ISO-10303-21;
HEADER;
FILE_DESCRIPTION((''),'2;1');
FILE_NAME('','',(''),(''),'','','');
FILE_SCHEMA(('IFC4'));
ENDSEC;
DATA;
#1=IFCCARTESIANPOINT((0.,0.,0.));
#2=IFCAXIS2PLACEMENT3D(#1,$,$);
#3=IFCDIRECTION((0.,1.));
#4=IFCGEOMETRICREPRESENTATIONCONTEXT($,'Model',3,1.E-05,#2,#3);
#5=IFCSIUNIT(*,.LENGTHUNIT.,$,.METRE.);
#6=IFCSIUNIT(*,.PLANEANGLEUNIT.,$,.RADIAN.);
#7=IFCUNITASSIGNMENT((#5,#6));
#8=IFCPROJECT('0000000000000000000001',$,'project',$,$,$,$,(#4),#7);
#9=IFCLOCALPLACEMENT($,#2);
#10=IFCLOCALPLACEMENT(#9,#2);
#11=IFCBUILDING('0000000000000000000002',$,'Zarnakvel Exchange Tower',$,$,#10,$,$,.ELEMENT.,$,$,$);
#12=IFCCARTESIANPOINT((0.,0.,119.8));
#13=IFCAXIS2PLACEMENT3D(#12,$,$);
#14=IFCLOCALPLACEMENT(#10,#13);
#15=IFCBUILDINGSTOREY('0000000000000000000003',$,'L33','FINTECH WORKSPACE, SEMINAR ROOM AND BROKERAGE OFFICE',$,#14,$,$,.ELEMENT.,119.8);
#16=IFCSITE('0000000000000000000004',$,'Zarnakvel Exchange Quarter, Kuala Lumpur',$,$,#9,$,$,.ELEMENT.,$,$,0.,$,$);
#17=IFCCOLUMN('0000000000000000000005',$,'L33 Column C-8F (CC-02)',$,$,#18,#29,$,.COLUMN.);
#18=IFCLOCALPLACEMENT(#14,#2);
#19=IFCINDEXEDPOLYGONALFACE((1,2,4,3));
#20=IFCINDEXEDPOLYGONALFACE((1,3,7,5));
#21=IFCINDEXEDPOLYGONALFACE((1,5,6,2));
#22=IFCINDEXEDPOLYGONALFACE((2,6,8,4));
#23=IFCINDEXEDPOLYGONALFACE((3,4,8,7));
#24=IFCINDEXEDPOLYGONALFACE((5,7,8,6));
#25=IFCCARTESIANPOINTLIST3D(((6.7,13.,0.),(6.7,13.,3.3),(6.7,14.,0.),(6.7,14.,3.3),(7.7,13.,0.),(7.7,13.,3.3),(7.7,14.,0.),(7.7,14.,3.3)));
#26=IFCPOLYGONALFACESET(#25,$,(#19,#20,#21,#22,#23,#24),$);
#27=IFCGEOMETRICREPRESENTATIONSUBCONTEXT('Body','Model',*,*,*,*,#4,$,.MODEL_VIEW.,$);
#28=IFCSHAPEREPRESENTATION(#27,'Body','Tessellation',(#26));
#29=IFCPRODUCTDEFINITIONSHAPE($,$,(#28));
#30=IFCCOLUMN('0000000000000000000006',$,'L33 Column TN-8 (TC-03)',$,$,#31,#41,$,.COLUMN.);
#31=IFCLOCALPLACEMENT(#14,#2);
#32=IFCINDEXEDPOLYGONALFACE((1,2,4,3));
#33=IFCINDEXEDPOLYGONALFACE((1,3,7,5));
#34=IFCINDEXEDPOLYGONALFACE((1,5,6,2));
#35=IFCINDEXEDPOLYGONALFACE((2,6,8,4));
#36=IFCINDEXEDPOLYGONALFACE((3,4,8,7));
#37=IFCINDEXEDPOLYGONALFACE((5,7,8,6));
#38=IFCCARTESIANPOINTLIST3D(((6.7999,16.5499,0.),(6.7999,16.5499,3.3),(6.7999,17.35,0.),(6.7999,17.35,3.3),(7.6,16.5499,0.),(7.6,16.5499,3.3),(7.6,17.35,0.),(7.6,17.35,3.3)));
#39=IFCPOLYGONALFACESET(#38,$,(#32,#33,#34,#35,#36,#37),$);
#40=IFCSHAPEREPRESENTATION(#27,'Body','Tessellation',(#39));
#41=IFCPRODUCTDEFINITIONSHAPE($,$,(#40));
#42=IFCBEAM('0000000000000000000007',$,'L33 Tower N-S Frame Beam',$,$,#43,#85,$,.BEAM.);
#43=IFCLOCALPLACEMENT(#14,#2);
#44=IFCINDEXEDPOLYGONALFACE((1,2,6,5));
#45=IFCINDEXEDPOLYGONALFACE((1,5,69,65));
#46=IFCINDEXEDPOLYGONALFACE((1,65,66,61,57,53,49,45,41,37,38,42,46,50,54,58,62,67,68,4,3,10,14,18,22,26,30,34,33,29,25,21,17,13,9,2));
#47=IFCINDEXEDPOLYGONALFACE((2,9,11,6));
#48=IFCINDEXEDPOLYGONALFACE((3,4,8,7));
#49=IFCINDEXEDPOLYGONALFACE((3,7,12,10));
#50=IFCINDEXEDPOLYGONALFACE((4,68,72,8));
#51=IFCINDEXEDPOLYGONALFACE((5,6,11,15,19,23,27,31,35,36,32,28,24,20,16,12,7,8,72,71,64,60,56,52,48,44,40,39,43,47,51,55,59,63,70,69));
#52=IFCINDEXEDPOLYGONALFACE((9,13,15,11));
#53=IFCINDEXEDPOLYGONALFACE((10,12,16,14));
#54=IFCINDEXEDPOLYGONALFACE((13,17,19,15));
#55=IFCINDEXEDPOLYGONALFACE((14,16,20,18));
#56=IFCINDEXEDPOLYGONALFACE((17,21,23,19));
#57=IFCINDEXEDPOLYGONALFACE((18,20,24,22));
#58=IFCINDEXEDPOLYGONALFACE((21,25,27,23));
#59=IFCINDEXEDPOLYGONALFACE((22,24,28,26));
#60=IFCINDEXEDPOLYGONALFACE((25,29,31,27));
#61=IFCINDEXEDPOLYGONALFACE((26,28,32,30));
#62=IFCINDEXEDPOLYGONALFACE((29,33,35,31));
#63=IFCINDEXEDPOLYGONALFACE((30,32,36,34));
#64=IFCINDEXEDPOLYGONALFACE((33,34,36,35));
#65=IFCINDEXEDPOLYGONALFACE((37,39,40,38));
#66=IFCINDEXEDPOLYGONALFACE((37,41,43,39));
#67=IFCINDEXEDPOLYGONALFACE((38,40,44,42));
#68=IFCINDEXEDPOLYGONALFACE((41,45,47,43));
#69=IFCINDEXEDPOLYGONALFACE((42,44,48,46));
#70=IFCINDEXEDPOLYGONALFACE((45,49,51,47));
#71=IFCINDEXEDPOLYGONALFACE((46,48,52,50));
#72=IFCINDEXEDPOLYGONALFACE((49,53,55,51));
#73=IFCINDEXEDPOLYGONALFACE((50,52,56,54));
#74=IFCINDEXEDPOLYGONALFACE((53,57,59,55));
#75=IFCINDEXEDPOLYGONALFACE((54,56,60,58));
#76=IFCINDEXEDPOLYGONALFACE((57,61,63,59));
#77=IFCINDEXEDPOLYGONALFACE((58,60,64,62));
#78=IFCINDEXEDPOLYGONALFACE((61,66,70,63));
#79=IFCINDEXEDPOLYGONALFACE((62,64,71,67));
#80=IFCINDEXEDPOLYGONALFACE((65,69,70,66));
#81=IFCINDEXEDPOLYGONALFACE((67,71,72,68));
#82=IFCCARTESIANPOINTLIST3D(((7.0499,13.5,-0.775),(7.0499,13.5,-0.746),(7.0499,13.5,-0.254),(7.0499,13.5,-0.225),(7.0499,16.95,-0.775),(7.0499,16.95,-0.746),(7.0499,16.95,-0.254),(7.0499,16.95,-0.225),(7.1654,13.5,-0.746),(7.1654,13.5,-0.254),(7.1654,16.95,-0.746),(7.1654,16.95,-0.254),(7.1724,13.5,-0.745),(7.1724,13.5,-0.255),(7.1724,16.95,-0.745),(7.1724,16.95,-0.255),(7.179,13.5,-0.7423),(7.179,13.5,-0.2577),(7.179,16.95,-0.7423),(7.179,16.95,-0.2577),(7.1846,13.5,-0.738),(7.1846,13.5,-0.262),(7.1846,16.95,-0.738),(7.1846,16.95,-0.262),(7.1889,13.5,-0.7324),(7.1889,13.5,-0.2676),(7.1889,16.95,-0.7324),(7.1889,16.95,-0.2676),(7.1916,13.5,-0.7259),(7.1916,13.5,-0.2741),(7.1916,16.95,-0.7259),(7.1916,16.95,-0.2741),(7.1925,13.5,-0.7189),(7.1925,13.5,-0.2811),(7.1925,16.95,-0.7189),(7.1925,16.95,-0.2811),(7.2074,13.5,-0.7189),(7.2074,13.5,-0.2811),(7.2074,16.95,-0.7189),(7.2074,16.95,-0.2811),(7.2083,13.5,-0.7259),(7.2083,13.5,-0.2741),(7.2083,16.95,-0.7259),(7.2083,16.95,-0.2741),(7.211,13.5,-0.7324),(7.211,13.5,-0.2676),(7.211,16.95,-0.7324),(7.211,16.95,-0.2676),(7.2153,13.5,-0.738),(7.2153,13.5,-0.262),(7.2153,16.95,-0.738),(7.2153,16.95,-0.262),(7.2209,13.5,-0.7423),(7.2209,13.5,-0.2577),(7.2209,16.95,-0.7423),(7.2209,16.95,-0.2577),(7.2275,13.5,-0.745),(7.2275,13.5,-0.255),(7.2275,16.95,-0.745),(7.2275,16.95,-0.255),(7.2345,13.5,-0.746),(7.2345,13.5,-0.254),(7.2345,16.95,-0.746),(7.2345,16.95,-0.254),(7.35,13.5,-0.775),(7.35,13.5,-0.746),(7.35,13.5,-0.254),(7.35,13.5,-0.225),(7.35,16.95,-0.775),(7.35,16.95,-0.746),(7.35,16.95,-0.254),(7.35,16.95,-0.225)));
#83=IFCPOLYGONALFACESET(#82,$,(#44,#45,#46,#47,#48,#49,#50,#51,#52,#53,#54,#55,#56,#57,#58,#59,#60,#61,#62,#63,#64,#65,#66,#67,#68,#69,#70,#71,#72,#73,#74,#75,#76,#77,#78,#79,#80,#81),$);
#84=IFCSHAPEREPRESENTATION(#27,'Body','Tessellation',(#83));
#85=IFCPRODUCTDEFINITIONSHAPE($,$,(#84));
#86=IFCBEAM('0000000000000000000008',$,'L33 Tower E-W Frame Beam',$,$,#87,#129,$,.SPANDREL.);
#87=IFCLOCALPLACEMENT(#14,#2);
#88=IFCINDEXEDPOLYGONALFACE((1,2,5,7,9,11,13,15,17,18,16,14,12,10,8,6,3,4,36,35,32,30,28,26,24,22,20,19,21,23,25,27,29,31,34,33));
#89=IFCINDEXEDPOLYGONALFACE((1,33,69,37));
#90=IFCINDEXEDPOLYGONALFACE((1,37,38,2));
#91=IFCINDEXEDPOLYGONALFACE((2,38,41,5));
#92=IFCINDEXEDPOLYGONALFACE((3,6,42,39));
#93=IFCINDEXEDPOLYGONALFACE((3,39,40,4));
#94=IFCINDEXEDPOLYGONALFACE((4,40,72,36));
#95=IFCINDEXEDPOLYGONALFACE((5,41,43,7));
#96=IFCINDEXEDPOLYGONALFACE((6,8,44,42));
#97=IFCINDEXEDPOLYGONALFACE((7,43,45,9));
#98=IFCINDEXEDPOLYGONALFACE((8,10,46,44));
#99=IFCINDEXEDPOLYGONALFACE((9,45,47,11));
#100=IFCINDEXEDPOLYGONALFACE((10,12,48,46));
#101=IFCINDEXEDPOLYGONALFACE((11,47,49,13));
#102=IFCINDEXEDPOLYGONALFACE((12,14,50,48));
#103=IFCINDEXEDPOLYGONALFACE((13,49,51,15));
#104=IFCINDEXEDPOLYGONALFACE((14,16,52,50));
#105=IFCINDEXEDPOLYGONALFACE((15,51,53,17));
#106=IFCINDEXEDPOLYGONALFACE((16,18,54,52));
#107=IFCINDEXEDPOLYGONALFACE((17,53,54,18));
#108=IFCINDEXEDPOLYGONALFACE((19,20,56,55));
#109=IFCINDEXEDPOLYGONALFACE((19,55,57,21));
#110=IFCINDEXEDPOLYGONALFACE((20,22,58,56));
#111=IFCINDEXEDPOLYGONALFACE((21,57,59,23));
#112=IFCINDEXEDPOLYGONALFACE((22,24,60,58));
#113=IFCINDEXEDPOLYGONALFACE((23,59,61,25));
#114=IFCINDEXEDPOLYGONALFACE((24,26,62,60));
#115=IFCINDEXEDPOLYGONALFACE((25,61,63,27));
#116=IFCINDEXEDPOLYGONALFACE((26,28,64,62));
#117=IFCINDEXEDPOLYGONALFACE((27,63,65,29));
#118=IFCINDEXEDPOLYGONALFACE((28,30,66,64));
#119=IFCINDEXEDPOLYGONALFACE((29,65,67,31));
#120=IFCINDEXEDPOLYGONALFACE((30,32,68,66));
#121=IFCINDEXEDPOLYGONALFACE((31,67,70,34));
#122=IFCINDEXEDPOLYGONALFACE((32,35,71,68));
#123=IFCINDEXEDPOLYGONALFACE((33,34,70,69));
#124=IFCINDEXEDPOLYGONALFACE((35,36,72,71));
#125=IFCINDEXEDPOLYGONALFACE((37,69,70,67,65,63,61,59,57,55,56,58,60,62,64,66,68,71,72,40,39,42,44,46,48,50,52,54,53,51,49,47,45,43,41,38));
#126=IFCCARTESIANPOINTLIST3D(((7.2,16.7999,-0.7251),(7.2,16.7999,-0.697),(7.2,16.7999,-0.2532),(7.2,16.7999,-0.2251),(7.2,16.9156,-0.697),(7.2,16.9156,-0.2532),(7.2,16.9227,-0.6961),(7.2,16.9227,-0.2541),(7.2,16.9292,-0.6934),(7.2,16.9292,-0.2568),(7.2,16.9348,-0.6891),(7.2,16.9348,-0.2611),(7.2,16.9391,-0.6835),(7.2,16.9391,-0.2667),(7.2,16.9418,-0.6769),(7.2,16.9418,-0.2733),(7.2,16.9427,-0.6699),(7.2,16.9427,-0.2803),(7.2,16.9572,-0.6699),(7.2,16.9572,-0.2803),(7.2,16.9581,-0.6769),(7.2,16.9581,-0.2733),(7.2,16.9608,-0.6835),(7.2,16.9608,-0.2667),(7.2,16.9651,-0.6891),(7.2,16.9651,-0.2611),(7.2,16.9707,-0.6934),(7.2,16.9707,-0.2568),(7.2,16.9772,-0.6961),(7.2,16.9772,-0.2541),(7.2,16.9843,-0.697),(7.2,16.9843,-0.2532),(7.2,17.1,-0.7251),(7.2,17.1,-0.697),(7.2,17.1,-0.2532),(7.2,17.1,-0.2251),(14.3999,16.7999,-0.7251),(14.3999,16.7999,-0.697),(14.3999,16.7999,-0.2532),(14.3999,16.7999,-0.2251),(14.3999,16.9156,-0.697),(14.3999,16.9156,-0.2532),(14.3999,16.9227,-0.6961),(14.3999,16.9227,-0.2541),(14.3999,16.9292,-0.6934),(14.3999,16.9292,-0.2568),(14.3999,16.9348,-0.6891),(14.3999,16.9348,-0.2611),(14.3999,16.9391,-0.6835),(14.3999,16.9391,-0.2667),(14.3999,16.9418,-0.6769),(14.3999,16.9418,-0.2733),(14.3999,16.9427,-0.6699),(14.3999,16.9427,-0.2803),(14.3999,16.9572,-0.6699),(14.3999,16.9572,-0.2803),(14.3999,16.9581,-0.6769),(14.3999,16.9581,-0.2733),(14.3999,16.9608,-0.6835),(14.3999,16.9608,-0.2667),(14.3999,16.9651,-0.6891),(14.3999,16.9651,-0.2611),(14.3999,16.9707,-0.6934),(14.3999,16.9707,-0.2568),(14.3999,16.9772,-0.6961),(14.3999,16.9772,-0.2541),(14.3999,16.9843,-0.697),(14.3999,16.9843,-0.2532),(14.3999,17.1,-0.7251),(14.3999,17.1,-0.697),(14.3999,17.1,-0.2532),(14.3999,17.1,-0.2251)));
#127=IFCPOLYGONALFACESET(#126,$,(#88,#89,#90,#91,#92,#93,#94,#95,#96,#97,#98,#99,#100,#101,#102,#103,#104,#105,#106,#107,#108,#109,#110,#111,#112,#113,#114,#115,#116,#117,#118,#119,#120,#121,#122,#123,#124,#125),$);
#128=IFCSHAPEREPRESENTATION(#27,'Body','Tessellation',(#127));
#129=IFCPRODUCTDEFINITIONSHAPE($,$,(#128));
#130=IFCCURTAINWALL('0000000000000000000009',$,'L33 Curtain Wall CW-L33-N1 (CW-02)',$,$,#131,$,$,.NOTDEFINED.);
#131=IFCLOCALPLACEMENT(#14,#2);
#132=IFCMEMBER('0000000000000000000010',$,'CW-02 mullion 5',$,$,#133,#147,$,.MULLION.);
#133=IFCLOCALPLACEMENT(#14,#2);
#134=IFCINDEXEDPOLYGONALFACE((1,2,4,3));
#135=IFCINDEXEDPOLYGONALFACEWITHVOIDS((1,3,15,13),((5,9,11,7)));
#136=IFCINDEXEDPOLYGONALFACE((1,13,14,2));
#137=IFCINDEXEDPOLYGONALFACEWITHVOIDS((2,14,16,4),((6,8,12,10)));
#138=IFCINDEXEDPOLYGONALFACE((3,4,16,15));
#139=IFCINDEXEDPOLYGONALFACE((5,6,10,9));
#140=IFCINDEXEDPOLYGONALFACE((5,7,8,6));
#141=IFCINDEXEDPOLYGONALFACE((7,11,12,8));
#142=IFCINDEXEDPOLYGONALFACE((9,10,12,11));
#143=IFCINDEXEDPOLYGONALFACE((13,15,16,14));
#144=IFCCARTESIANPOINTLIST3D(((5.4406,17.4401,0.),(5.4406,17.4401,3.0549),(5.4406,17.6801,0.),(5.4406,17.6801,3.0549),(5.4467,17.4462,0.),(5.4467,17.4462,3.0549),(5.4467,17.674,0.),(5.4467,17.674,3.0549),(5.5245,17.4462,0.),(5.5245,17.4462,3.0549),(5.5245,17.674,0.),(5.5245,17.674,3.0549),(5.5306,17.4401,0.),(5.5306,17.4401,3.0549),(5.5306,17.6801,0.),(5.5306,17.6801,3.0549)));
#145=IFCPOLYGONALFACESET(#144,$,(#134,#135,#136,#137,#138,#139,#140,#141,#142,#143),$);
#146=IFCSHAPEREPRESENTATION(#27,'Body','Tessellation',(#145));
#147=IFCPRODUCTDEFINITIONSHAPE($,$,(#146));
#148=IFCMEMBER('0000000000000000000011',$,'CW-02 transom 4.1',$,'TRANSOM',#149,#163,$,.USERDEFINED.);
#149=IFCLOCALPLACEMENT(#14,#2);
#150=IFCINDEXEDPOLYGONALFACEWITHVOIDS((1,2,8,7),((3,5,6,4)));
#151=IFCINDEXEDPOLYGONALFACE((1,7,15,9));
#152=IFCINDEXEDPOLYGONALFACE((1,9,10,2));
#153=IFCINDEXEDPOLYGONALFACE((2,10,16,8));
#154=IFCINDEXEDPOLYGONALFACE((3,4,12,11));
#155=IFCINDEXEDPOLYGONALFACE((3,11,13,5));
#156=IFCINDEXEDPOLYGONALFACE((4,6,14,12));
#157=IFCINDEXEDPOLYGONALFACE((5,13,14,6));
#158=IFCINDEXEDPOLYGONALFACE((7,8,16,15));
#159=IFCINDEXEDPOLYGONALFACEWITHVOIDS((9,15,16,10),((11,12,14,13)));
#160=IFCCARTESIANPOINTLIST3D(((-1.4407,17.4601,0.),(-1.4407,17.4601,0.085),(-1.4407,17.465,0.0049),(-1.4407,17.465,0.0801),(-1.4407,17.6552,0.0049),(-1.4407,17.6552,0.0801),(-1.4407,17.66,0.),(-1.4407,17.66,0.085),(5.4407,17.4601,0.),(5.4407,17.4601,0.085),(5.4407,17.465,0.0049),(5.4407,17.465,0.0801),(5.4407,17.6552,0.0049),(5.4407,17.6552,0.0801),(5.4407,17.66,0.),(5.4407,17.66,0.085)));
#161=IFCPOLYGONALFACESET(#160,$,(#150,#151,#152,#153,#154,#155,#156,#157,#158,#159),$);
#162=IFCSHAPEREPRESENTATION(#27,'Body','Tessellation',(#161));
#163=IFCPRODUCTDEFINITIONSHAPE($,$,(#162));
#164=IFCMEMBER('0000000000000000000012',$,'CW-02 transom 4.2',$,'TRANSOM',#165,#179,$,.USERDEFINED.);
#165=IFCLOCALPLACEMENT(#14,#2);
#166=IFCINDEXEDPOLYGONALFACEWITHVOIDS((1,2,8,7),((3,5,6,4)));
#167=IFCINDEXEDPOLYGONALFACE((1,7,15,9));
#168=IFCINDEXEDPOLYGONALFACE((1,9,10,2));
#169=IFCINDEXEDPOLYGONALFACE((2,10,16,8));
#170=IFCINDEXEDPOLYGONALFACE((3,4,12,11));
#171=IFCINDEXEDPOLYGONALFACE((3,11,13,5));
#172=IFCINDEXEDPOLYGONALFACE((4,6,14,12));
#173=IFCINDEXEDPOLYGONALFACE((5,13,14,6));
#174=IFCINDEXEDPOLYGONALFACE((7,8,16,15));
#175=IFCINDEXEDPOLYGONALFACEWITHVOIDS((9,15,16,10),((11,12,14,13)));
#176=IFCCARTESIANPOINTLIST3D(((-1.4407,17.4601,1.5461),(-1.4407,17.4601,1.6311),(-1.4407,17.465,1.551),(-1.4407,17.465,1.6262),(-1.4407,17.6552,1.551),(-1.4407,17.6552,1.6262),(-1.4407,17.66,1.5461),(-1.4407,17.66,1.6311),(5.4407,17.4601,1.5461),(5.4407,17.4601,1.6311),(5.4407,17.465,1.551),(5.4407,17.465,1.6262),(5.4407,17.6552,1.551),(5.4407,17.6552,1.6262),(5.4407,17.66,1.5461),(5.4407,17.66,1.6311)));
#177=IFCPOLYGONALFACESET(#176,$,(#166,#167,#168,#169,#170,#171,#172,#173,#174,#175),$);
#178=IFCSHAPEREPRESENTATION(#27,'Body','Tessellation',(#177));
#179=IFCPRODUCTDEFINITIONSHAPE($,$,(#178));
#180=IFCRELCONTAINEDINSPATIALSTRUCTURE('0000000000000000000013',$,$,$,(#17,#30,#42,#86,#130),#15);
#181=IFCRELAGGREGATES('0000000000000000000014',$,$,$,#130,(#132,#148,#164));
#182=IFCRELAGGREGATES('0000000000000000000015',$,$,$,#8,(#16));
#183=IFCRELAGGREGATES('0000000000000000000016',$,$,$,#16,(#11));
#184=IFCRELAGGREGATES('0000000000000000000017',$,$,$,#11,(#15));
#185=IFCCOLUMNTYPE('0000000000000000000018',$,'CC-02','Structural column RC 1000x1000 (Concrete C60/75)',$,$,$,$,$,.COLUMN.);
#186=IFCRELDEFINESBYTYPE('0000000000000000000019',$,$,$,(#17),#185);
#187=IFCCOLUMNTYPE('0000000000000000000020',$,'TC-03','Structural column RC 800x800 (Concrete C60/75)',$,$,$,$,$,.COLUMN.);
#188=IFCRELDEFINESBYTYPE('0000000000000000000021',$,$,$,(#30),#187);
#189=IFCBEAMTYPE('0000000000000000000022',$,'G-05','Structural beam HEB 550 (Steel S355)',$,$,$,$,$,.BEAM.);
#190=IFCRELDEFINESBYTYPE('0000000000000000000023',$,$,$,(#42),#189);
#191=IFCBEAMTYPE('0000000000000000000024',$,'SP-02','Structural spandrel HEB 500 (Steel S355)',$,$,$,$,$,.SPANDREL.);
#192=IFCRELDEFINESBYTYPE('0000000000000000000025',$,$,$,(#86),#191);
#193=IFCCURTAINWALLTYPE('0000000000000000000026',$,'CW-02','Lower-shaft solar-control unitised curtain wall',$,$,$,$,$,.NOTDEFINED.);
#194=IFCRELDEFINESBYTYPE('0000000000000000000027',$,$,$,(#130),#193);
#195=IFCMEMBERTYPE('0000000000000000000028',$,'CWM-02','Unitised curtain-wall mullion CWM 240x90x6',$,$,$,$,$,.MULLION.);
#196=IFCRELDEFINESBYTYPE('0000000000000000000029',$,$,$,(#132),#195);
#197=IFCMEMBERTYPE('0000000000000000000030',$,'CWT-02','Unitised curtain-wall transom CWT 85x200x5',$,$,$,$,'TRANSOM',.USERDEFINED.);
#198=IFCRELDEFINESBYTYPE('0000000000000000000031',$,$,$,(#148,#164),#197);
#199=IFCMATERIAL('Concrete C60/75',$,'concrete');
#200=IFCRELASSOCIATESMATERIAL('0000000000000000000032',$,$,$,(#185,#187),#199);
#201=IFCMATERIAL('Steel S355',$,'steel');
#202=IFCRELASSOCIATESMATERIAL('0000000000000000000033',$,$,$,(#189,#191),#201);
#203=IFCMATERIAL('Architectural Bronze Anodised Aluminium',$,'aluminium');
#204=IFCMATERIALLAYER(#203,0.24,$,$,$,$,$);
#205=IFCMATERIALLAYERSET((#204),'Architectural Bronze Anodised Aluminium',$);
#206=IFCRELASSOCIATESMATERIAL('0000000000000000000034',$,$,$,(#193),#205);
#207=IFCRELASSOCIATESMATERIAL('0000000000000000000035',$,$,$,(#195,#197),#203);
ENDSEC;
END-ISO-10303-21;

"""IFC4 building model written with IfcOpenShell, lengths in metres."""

from ifc_helpers import new_model, si_unit, direction, frame, origin, origin_2d, place, context, subcontext, project, spatial, rectangle, hollow_rectangle, i_section, extrude, source, transform, mapped, material, layer, layer_set, material_profile, profile_set, type_object, element, aggregate, save


model = new_model("IFC4")

# Units and contexts
model_context = context("Model", 3, precision=1e-05, world=origin(), true_north=direction((0.0, 1.0)))
body_context = subcontext(model_context, "Body", "Model", "MODEL_VIEW")
ifc_project = project(units=[si_unit("LENGTHUNIT", "METRE"), si_unit("PLANEANGLEUNIT", "RADIAN")], contexts=[model_context])

# Site, building, storey
site_placement = place(None, origin())
site = spatial("IfcSite", under=ifc_project, at=site_placement, Name="Zarnakvel Exchange Quarter, Kuala Lumpur", CompositionType="ELEMENT", RefElevation=0.0)
building_placement = place(site_placement, origin())
building = spatial("IfcBuilding", under=site, at=building_placement, Name="Zarnakvel Exchange Tower", CompositionType="ELEMENT")
storey_placement = place(building_placement, frame((0.0, 0.0, 119.8)))
storey = spatial("IfcBuildingStorey", under=building, at=storey_placement, Name="L33", Description="FINTECH WORKSPACE, SEMINAR ROOM AND BROKERAGE OFFICE", CompositionType="ELEMENT", Elevation=119.8)

# Columns
ifc_material_1 = material(Name="Concrete C60/75", Category="concrete")
ifc_material_profile_1 = material_profile(ifc_material_1, rectangle(XDim=1.0, YDim=1.0, at=origin_2d()))
ifc_profile_set_1 = profile_set([ifc_material_profile_1], Name="Concrete C60/75")
column_type_1 = type_object("IfcColumnType", Name="CC-02", Description="Structural column RC 1000x1000 (Concrete C60/75)", PredefinedType="COLUMN", material=ifc_profile_set_1)
column_1_placement = place(storey_placement, frame((7.2, 13.5, 0.0), z_axis=(0.0, 0.0, 1.0), x_axis=(1.0, 0.0, 0.0)))
element("IfcColumn", 1, at=column_1_placement, inside=storey, type_object=column_type_1, Name="L33 Column C-8F (CC-02)", PredefinedType="COLUMN", context=body_context, shape_type="SweptSolid", body=[
    extrude(rectangle(XDim=1.0, YDim=1.0, at=origin_2d()), origin(), (0.0, 0.0, 1.0), 3.3),
])
ifc_material_profile_2 = material_profile(ifc_material_1, rectangle(XDim=0.8, YDim=0.8, at=origin_2d()))
ifc_profile_set_2 = profile_set([ifc_material_profile_2], Name="Concrete C60/75")
column_type_2 = type_object("IfcColumnType", Name="TC-03", Description="Structural column RC 800x800 (Concrete C60/75)", PredefinedType="COLUMN", material=ifc_profile_set_2)
column_2_placement = place(storey_placement, frame((7.2, 16.95, 0.0), z_axis=(0.0, 0.0, 1.0), x_axis=(1.0, 0.0, 0.0)))
element("IfcColumn", 2, at=column_2_placement, inside=storey, type_object=column_type_2, Name="L33 Column TN-8 (TC-03)", PredefinedType="COLUMN", context=body_context, shape_type="SweptSolid", body=[
    extrude(rectangle(XDim=0.8, YDim=0.8, at=origin_2d()), origin(), (0.0, 0.0, 1.0), 3.3),
])

# Beams
ifc_material_2 = material(Name="Steel S355", Category="steel")
ifc_material_profile_3 = material_profile(ifc_material_2, i_section(OverallWidth=0.3, OverallDepth=0.55, WebThickness=0.0149, FlangeThickness=0.0291, FilletRadius=0.0271, at=origin_2d()))
ifc_profile_set_3 = profile_set([ifc_material_profile_3], Name="Steel S355")
beam_type_1 = type_object("IfcBeamType", Name="G-05", Description="Structural beam HEB 550 (Steel S355)", PredefinedType="BEAM", material=ifc_profile_set_3)
beam_1_placement = place(storey_placement, frame((7.2, 13.5, -0.5), z_axis=(0.0, 1.0, 0.0), x_axis=(-1.0, 0.0, 0.0)))
element("IfcBeam", 3, at=beam_1_placement, inside=storey, type_object=beam_type_1, Name="L33 Tower N-S Frame Beam", PredefinedType="BEAM", context=body_context, shape_type="SweptSolid", body=[
    extrude(i_section(OverallWidth=0.3, OverallDepth=0.55, WebThickness=0.0149, FlangeThickness=0.0291, FilletRadius=0.0271, at=origin_2d()), origin(), (0.0, 0.0, 1.0), 3.45),
])
ifc_material_profile_4 = material_profile(ifc_material_2, i_section(OverallWidth=0.3, OverallDepth=0.5, WebThickness=0.0144, FlangeThickness=0.0281, FilletRadius=0.0271, at=origin_2d()))
ifc_profile_set_4 = profile_set([ifc_material_profile_4], Name="Steel S355")
beam_type_2 = type_object("IfcBeamType", Name="SP-02", Description="Structural spandrel HEB 500 (Steel S355)", PredefinedType="SPANDREL", material=ifc_profile_set_4)
beam_2_placement = place(storey_placement, frame((7.2, 16.95, -0.4751), z_axis=(1.0, 0.0, 0.0), x_axis=(0.0, 1.0, 0.0)))
element("IfcBeam", 4, at=beam_2_placement, inside=storey, type_object=beam_type_2, Name="L33 Tower E-W Frame Beam", PredefinedType="SPANDREL", context=body_context, shape_type="SweptSolid", body=[
    extrude(i_section(OverallWidth=0.3, OverallDepth=0.5, WebThickness=0.0144, FlangeThickness=0.0281, FilletRadius=0.0271, at=origin_2d()), origin(), (0.0, 0.0, 1.0), 7.2),
])

# Curtain wall, members
ifc_material_3 = material(Name="Architectural Bronze Anodised Aluminium", Category="aluminium")
ifc_layer_1 = layer(ifc_material_3, 0.24)
ifc_layer_set_1 = layer_set([ifc_layer_1], Name="Architectural Bronze Anodised Aluminium")
curtain_wall_type = type_object("IfcCurtainWallType", Name="CW-02", Description="Lower-shaft solar-control unitised curtain wall", PredefinedType="NOTDEFINED", material=ifc_layer_set_1)
curtain_wall_placement = place(storey_placement, origin())
curtain_wall = element("IfcCurtainWall", 5, at=curtain_wall_placement, inside=storey, type_object=curtain_wall_type, Name="L33 Curtain Wall CW-L33-N1 (CW-02)", PredefinedType="NOTDEFINED")
ifc_material_profile_5 = material_profile(ifc_material_3, hollow_rectangle(XDim=0.24, YDim=0.0901, WallThickness=0.0061, at=origin_2d()))
ifc_profile_set_5 = profile_set([ifc_material_profile_5], Name="Architectural Bronze Anodised Aluminium")
member_type_1 = type_object("IfcMemberType", Name="CWM-02", Description="Unitised curtain-wall mullion CWM 240x90x6", PredefinedType="MULLION", material=ifc_profile_set_5)
shared_shape_1 = source(origin(), body_context, "Body", "SweptSolid", [
    extrude(hollow_rectangle(XDim=0.24, YDim=0.0901, WallThickness=0.0061, at=origin_2d()), origin(), (0.0, 0.0, 1.0), 3.0549),
])
member_1_placement = place(storey_placement, frame((5.4856, 17.5601, 0.0), z_axis=(0.0, 0.0, 1.0), x_axis=(0.0, 1.0, 0.0)))
member_1 = element("IfcMember", 6, at=member_1_placement, type_object=member_type_1, Name="CW-02 mullion 5", PredefinedType="MULLION", context=body_context, shape_type="MappedRepresentation", body=[
    mapped(shared_shape_1, transform((0.0, 0.0, 0.0), x_axis=(1.0, 0.0, 0.0), y_axis=(0.0, 1.0, 0.0), z_axis=(0.0, 0.0, 1.0), scale=1.0)),
])
ifc_material_profile_6 = material_profile(ifc_material_3, hollow_rectangle(XDim=0.2, YDim=0.085, WallThickness=0.0049, at=origin_2d()))
ifc_profile_set_6 = profile_set([ifc_material_profile_6], Name="Architectural Bronze Anodised Aluminium")
member_type_2 = type_object("IfcMemberType", Name="CWT-02", Description="Unitised curtain-wall transom CWT 85x200x5", ElementType="TRANSOM", PredefinedType="USERDEFINED", material=ifc_profile_set_6)
shared_shape_2 = source(origin(), body_context, "Body", "SweptSolid", [
    extrude(hollow_rectangle(XDim=0.2, YDim=0.085, WallThickness=0.0049, at=origin_2d()), origin(), (0.0, 0.0, 1.0), 6.8813),
])
member_2_placement = place(storey_placement, frame((-1.4407, 17.5601, 0.0425), z_axis=(1.0, 0.0, 0.0), x_axis=(0.0, 1.0, 0.0)))
member_2 = element("IfcMember", 7, at=member_2_placement, type_object=member_type_2, Name="CW-02 transom 4.1", ObjectType="TRANSOM", PredefinedType="USERDEFINED", context=body_context, shape_type="MappedRepresentation", body=[
    mapped(shared_shape_2, transform((0.0, 0.0, 0.0), x_axis=(1.0, 0.0, 0.0), y_axis=(0.0, 1.0, 0.0), z_axis=(0.0, 0.0, 1.0), scale=1.0)),
])
member_3_placement = place(storey_placement, frame((-1.4407, 17.5601, 1.5886), z_axis=(1.0, 0.0, 0.0), x_axis=(0.0, 1.0, 0.0)))
member_3 = element("IfcMember", 8, at=member_3_placement, type_object=member_type_2, Name="CW-02 transom 4.2", ObjectType="TRANSOM", PredefinedType="USERDEFINED", context=body_context, shape_type="MappedRepresentation", body=[
    mapped(shared_shape_2, transform((0.0, 0.0, 0.0), x_axis=(1.0, 0.0, 0.0), y_axis=(0.0, 1.0, 0.0), z_axis=(0.0, 0.0, 1.0), scale=1.0)),
])
aggregate(curtain_wall, [member_1, member_2, member_3])

save(model, "model.ifc")
